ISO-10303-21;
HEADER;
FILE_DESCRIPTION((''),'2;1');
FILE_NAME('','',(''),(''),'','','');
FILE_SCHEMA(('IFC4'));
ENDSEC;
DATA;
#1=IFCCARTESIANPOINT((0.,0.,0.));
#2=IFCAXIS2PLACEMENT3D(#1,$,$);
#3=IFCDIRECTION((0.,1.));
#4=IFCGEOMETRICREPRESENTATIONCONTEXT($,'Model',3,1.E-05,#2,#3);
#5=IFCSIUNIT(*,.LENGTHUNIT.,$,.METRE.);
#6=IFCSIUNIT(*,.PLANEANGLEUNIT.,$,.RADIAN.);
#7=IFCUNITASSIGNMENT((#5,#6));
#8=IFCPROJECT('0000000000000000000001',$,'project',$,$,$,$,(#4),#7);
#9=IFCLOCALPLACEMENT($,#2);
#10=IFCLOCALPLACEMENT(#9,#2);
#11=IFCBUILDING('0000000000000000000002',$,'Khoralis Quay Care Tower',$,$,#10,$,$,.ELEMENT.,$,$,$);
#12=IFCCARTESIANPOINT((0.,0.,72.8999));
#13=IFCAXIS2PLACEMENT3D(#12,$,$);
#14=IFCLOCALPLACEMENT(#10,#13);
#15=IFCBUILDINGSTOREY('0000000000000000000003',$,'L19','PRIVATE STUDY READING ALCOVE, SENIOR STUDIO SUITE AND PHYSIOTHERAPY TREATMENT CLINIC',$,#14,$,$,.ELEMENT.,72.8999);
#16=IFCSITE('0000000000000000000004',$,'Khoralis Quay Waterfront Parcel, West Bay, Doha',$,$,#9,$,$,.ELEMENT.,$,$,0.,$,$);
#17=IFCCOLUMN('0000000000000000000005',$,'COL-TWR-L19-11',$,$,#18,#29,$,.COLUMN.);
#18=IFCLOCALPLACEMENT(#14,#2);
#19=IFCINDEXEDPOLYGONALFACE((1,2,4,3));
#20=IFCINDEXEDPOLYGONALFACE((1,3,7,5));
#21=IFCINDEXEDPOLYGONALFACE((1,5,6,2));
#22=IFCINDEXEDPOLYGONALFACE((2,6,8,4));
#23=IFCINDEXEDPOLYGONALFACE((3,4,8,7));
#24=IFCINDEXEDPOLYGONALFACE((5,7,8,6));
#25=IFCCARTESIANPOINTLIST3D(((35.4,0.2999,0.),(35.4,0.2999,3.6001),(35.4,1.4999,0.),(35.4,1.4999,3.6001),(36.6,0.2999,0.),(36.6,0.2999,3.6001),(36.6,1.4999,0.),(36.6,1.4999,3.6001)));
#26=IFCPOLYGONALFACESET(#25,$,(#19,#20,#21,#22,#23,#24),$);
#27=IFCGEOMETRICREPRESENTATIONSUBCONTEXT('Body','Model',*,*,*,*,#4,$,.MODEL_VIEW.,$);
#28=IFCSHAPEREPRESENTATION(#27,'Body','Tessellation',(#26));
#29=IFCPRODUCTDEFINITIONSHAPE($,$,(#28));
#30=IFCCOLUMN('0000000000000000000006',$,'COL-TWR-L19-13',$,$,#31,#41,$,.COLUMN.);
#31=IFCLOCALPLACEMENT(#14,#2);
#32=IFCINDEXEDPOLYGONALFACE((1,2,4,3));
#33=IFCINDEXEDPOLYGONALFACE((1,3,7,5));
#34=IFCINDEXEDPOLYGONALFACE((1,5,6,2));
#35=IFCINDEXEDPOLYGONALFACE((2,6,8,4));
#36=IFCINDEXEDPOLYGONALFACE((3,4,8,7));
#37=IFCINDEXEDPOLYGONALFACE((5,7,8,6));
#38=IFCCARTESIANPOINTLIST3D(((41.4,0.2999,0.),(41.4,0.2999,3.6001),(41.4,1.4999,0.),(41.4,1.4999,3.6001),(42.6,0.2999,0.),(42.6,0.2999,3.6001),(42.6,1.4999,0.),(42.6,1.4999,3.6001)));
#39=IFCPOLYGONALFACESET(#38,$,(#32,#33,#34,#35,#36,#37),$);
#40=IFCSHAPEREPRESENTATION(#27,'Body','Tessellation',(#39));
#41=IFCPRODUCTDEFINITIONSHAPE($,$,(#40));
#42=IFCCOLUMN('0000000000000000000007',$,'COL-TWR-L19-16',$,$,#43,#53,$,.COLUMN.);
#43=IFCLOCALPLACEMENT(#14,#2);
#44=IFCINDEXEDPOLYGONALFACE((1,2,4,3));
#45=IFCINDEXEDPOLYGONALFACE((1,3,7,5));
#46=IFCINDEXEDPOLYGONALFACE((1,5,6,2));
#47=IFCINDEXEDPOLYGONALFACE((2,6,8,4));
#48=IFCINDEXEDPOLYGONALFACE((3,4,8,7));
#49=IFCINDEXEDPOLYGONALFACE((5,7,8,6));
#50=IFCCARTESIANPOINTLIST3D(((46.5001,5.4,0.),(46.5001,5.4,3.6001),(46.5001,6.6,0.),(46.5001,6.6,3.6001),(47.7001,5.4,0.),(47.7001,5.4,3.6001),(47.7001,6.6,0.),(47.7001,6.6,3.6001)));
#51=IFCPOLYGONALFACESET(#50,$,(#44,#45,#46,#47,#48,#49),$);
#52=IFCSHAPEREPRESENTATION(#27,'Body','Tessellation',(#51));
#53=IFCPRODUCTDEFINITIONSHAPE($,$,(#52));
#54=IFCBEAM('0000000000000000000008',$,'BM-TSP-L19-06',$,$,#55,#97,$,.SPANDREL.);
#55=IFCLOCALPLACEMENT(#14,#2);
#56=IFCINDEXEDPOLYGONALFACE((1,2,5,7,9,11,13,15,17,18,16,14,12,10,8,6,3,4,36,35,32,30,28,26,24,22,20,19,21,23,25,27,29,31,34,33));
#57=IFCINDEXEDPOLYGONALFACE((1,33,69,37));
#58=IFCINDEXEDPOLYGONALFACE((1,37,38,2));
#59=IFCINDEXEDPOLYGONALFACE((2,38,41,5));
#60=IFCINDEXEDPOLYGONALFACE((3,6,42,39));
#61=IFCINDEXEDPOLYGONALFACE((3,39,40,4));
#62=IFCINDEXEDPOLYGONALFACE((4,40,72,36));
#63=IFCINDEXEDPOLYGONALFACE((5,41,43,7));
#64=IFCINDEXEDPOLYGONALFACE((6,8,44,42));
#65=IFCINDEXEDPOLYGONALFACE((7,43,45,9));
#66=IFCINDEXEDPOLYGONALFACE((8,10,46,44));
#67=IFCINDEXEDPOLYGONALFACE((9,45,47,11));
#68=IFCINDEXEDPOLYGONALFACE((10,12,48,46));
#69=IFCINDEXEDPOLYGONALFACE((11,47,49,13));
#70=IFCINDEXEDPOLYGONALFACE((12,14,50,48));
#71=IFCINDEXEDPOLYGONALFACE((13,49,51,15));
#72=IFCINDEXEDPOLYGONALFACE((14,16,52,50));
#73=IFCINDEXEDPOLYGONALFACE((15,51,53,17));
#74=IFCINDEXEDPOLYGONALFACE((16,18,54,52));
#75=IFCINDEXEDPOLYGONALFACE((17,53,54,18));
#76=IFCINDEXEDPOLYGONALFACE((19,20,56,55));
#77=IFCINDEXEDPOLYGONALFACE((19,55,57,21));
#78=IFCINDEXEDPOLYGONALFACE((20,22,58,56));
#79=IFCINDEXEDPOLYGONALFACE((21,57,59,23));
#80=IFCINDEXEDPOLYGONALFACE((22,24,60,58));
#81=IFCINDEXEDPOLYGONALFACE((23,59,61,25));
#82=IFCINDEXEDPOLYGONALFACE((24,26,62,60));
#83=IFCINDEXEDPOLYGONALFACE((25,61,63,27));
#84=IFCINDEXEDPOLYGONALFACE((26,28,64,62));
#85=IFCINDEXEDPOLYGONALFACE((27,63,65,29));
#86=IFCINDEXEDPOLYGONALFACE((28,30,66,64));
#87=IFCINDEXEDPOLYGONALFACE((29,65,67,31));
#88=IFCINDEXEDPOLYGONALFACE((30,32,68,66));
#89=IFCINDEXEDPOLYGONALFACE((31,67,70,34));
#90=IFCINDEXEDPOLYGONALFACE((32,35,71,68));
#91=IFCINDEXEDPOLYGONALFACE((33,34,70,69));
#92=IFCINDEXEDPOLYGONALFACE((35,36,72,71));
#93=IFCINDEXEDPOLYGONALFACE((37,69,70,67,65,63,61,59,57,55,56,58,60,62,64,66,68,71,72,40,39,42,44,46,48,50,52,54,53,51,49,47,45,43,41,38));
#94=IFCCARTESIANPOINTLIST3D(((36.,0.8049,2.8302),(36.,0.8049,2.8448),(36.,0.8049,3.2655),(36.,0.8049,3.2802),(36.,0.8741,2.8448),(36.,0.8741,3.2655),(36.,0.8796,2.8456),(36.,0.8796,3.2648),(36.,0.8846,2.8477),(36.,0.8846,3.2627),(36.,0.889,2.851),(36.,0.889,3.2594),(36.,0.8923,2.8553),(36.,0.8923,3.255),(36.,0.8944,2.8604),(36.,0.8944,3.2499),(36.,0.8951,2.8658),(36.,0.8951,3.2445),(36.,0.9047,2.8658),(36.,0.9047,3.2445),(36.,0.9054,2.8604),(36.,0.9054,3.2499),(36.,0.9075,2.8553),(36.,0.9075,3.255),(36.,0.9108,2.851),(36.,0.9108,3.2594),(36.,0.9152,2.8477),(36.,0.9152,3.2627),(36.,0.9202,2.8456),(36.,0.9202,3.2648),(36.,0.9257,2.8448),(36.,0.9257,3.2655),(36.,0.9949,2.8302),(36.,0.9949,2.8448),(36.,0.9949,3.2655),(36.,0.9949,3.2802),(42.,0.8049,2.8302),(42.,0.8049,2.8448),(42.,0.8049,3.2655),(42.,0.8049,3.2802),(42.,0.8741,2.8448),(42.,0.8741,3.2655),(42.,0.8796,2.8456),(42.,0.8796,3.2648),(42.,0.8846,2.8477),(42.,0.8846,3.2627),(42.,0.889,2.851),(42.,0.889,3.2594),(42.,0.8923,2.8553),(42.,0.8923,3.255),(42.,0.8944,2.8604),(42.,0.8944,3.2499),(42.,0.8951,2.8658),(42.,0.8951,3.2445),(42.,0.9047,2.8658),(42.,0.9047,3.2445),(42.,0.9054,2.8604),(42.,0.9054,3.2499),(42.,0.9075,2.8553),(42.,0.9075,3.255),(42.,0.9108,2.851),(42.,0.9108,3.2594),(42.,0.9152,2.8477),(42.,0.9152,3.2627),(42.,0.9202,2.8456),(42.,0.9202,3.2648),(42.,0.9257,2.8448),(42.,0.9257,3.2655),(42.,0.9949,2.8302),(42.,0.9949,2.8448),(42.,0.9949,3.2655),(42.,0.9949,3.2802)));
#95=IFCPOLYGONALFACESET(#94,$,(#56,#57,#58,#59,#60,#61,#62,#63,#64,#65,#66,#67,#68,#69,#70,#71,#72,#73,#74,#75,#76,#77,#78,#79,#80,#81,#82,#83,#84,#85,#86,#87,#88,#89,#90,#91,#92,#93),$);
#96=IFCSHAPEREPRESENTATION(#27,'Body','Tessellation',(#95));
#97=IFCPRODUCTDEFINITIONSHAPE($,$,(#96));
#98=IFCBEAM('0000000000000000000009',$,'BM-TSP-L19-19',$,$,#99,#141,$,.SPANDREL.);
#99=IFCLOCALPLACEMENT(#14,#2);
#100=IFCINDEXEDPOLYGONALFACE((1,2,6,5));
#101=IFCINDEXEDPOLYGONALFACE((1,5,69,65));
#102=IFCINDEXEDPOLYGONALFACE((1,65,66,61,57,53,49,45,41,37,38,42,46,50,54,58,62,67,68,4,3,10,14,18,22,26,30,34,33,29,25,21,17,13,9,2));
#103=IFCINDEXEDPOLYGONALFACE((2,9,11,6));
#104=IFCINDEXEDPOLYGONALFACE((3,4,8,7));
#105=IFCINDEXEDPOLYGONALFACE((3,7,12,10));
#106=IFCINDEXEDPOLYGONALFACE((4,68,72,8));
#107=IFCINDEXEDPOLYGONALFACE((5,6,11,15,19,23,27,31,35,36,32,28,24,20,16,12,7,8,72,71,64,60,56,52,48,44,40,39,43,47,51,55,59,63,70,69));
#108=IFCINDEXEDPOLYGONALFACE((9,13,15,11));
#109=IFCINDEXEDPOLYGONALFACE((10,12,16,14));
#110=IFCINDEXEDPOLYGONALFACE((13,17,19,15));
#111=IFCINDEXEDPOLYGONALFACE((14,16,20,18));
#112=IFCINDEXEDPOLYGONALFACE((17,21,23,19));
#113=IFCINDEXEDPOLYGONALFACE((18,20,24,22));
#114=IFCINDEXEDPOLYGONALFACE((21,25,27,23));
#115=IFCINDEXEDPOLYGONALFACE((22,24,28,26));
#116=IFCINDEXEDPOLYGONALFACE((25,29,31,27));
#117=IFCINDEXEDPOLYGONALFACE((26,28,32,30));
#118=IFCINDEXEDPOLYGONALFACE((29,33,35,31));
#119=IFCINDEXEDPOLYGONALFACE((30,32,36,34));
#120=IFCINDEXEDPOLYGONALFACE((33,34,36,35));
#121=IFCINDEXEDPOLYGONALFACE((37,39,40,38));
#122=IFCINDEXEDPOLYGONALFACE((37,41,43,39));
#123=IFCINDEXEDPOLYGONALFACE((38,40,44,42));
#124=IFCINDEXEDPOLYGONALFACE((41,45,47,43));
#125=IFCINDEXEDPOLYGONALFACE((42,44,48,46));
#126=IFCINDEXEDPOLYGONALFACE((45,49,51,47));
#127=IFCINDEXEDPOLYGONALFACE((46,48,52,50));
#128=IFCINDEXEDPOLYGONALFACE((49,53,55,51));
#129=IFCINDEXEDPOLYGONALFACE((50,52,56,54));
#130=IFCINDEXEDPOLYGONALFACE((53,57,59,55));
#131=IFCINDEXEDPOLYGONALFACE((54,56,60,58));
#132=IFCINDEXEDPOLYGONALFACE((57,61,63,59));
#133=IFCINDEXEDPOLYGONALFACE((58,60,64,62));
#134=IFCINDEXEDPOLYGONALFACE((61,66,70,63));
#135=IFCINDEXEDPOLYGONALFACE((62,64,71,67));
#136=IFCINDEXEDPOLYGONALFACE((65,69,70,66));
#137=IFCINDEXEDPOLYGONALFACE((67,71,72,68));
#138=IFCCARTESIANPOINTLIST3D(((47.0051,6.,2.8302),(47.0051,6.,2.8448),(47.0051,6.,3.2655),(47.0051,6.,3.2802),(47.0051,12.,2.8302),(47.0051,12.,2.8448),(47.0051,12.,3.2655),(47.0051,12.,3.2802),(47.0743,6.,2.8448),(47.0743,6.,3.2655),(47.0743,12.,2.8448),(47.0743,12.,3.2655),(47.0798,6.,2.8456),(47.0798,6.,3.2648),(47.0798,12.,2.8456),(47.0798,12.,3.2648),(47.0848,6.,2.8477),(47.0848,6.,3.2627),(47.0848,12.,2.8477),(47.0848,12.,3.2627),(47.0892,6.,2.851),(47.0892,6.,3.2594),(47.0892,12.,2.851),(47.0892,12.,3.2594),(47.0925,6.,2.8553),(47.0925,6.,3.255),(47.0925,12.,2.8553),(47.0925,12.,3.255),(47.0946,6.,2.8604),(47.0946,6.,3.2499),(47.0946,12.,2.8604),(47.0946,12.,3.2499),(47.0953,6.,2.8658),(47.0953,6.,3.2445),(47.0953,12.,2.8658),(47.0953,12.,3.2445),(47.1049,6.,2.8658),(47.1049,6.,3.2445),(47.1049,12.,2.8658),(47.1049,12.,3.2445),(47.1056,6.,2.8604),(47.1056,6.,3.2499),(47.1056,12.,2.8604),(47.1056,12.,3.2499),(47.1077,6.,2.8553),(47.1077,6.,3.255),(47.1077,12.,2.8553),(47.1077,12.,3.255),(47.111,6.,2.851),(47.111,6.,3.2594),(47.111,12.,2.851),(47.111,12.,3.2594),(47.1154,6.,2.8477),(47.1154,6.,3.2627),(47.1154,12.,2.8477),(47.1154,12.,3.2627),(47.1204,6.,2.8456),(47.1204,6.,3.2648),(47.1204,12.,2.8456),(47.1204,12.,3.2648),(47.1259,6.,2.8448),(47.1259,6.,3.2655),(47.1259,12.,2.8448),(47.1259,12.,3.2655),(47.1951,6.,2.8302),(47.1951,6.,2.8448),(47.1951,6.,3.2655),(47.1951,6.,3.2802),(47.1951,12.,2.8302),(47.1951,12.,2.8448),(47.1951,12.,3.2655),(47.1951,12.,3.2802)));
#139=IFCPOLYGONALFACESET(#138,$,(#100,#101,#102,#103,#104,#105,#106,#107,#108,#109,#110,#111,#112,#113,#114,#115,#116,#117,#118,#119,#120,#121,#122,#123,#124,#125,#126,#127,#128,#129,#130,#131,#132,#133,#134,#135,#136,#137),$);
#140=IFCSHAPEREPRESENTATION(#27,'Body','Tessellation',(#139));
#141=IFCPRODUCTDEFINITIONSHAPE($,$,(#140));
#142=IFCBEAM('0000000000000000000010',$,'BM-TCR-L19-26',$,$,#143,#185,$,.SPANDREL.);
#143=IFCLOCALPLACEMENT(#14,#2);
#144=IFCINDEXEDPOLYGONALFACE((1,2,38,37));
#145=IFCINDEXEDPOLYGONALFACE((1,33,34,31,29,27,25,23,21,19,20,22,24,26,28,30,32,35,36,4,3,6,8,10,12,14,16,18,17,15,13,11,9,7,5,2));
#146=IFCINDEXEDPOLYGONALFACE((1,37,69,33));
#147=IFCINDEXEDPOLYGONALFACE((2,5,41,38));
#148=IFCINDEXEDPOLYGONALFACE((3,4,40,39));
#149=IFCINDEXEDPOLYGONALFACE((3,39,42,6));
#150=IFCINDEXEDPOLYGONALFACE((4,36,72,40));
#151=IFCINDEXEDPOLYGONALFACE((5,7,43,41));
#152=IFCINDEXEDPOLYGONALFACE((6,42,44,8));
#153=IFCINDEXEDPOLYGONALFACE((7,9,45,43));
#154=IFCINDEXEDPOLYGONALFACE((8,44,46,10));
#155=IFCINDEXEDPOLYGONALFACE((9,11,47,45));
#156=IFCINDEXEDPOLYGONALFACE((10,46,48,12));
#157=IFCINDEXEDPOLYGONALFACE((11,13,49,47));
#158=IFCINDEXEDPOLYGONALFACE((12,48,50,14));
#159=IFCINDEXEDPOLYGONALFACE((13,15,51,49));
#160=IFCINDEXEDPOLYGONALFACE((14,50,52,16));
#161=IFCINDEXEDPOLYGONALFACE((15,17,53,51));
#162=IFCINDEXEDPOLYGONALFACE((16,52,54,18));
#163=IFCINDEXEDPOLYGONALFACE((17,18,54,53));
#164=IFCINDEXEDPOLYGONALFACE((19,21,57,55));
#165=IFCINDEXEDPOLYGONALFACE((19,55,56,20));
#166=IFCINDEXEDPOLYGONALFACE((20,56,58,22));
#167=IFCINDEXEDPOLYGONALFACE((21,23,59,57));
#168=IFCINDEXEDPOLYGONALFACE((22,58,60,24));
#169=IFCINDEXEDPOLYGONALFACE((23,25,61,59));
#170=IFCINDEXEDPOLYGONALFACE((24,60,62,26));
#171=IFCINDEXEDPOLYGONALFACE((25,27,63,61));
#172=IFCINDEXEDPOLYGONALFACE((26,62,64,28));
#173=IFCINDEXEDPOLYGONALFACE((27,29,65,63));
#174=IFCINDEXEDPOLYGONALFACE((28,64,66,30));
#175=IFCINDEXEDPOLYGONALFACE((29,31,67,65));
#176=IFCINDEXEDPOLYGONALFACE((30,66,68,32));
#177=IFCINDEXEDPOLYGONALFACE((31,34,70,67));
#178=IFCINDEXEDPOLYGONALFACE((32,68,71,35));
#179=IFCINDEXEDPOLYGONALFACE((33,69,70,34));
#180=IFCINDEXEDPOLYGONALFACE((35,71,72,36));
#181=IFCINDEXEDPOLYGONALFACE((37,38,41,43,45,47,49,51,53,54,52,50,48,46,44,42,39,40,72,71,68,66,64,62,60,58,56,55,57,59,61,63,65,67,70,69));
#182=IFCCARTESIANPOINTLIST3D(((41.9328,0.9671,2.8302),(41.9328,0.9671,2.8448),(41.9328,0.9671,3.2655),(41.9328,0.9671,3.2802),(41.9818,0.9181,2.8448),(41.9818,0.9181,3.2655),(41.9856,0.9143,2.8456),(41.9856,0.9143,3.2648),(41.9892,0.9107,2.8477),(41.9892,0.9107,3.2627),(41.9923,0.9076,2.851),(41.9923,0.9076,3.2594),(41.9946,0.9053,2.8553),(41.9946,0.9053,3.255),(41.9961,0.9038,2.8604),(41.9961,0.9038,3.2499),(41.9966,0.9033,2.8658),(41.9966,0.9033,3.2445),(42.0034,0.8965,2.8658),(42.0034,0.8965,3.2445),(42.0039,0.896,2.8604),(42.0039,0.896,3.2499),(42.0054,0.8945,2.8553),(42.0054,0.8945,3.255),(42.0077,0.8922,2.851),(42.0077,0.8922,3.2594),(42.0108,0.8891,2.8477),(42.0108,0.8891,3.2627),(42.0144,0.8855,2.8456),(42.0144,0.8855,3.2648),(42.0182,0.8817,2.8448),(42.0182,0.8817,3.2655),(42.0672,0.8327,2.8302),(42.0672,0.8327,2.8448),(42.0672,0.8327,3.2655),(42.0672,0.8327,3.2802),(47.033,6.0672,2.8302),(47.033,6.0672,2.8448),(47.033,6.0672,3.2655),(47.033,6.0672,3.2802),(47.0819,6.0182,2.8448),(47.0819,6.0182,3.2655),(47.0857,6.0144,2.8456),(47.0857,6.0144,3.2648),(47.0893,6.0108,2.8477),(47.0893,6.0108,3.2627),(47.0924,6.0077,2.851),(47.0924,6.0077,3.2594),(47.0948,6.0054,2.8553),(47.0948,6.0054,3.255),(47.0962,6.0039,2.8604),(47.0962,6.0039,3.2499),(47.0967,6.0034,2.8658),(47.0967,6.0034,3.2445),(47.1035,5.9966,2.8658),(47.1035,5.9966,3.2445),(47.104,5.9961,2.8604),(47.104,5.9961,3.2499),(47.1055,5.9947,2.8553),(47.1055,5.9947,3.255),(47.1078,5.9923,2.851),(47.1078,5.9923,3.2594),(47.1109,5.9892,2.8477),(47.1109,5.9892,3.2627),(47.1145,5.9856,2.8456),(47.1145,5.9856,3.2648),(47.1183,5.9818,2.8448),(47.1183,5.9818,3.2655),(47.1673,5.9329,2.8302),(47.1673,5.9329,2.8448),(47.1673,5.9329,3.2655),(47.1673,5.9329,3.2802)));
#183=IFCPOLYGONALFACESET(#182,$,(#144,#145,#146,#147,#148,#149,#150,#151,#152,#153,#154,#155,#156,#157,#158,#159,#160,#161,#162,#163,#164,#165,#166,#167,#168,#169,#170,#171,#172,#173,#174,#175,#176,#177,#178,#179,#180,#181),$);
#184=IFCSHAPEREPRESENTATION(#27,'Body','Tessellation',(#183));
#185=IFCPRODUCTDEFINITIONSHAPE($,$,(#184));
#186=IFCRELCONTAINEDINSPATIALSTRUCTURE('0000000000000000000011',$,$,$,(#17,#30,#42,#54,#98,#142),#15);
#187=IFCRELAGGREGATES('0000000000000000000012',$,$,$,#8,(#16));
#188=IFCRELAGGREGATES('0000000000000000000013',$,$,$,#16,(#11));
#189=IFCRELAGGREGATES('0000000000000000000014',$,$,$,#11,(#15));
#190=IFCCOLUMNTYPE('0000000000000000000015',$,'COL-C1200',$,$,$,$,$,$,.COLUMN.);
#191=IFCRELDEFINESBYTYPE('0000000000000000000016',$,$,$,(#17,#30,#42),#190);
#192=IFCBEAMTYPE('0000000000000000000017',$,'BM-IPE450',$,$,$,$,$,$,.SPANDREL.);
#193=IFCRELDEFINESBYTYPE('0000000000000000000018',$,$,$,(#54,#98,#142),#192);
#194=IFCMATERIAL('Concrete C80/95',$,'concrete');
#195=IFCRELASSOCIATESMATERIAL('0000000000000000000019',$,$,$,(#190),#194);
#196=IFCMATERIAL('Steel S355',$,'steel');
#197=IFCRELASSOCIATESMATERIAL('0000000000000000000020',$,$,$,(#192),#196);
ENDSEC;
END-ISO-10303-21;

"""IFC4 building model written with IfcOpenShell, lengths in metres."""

from ifc_helpers import new_model, si_unit, direction, frame, origin, origin_2d, place, context, subcontext, project, spatial, rectangle, i_section, extrude, source, transform, mapped, material, material_profile, profile_set, type_object, element, save


model = new_model("IFC4")

# Units and contexts
model_context = context("Model", 3, precision=1e-05, world=origin(), true_north=direction((0.0, 1.0)))
body_context = subcontext(model_context, "Body", "Model", "MODEL_VIEW")
ifc_project = project(units=[si_unit("LENGTHUNIT", "METRE"), si_unit("PLANEANGLEUNIT", "RADIAN")], contexts=[model_context])

# Site, building, storey
site_placement = place(None, origin())
site = spatial("IfcSite", under=ifc_project, at=site_placement, Name="Khoralis Quay Waterfront Parcel, West Bay, Doha", CompositionType="ELEMENT", RefElevation=0.0)
building_placement = place(site_placement, origin())
building = spatial("IfcBuilding", under=site, at=building_placement, Name="Khoralis Quay Care Tower", CompositionType="ELEMENT")
storey_placement = place(building_placement, frame((0.0, 0.0, 72.8999)))
storey = spatial("IfcBuildingStorey", under=building, at=storey_placement, Name="L19", Description="PRIVATE STUDY READING ALCOVE, SENIOR STUDIO SUITE AND PHYSIOTHERAPY TREATMENT CLINIC", CompositionType="ELEMENT", Elevation=72.8999)

# Columns
ifc_material_1 = material(Name="Concrete C80/95", Category="concrete")
ifc_material_profile_1 = material_profile(ifc_material_1, rectangle(XDim=1.2, YDim=1.2, at=origin_2d()), Name="Concrete C80/95")
ifc_profile_set_1 = profile_set([ifc_material_profile_1], Name="Concrete C80/95")
column_type = type_object("IfcColumnType", Name="COL-C1200", PredefinedType="COLUMN", material=ifc_profile_set_1)
shared_shape_1 = source(origin(), body_context, "Body", "SweptSolid", [
    extrude(rectangle(XDim=1.2, YDim=1.2, at=origin_2d()), origin(), (0.0, 0.0, 1.0), 3.6001),
])
for number, where, z_axis, x_axis, name in (
    (1, (36.0, 0.8999, 0.0), (0.0, 0.0, 1.0), (1.0, 0.0, 0.0), "COL-TWR-L19-11"),
    (2, (42.0, 0.8999, 0.0), (0.0, 0.0, 1.0), (1.0, 0.0, 0.0), "COL-TWR-L19-13"),
    (3, (47.1001, 6.0, 0.0), (0.0, 0.0, 1.0), (1.0, 0.0, 0.0), "COL-TWR-L19-16"),
):
    element("IfcColumn", number, at=place(storey_placement, frame(where, z_axis=z_axis, x_axis=x_axis)), inside=storey, type_object=column_type, Name=name, PredefinedType="COLUMN", context=body_context, shape_type="MappedRepresentation", body=[
        mapped(shared_shape_1, transform((0.0, 0.0, 0.0), scale=1.0)),
    ])

# Beams
ifc_material_2 = material(Name="Steel S355", Category="steel")
ifc_material_profile_2 = material_profile(ifc_material_2, i_section(OverallWidth=0.1899, OverallDepth=0.45, WebThickness=0.0095, FlangeThickness=0.0146, FilletRadius=0.021, at=origin_2d()), Name="Steel S355")
ifc_profile_set_2 = profile_set([ifc_material_profile_2], Name="Steel S355")
beam_type_1 = type_object("IfcBeamType", Name="BM-IPE450", PredefinedType="SPANDREL", material=ifc_profile_set_2)
shared_shape_2 = source(origin(), body_context, "Body", "SweptSolid", [
    extrude(i_section(OverallWidth=0.1899, OverallDepth=0.45, WebThickness=0.0095, FlangeThickness=0.0146, FilletRadius=0.021, at=origin_2d()), origin(), (0.0, 0.0, 1.0), 6.0),
])
for number, where, z_axis, x_axis, name in (
    (4, (36.0, 0.8999, 3.0552), (1.0, 0.0, 0.0), (0.0, 1.0, 0.0), "BM-TSP-L19-06"),
    (5, (47.1001, 6.0, 3.0552), (0.0, 1.0, 0.0), (-1.0, 0.0, 0.0), "BM-TSP-L19-19"),
):
    element("IfcBeam", number, at=place(storey_placement, frame(where, z_axis=z_axis, x_axis=x_axis)), inside=storey, type_object=beam_type_1, Name=name, PredefinedType="SPANDREL", context=body_context, shape_type="MappedRepresentation", body=[
        mapped(shared_shape_2, transform((0.0, 0.0, 0.0), scale=1.0)),
    ])
shared_shape_3 = source(origin(), body_context, "Body", "SweptSolid", [
    extrude(i_section(OverallWidth=0.1899, OverallDepth=0.45, WebThickness=0.0095, FlangeThickness=0.0146, FilletRadius=0.021, at=origin_2d()), origin(), (0.0, 0.0, 1.0), 7.2126),
])
beam_1_placement = place(storey_placement, frame((42.0, 0.8999, 3.0552), z_axis=(0.707107, 0.707107, 0.0), x_axis=(-0.707107, 0.707107, 0.0)))
element("IfcBeam", 6, at=beam_1_placement, inside=storey, type_object=beam_type_1, Name="BM-TCR-L19-26", PredefinedType="SPANDREL", context=body_context, shape_type="MappedRepresentation", body=[
    mapped(shared_shape_3, transform((0.0, 0.0, 0.0), scale=1.0)),
])

save(model, "model.ifc")
